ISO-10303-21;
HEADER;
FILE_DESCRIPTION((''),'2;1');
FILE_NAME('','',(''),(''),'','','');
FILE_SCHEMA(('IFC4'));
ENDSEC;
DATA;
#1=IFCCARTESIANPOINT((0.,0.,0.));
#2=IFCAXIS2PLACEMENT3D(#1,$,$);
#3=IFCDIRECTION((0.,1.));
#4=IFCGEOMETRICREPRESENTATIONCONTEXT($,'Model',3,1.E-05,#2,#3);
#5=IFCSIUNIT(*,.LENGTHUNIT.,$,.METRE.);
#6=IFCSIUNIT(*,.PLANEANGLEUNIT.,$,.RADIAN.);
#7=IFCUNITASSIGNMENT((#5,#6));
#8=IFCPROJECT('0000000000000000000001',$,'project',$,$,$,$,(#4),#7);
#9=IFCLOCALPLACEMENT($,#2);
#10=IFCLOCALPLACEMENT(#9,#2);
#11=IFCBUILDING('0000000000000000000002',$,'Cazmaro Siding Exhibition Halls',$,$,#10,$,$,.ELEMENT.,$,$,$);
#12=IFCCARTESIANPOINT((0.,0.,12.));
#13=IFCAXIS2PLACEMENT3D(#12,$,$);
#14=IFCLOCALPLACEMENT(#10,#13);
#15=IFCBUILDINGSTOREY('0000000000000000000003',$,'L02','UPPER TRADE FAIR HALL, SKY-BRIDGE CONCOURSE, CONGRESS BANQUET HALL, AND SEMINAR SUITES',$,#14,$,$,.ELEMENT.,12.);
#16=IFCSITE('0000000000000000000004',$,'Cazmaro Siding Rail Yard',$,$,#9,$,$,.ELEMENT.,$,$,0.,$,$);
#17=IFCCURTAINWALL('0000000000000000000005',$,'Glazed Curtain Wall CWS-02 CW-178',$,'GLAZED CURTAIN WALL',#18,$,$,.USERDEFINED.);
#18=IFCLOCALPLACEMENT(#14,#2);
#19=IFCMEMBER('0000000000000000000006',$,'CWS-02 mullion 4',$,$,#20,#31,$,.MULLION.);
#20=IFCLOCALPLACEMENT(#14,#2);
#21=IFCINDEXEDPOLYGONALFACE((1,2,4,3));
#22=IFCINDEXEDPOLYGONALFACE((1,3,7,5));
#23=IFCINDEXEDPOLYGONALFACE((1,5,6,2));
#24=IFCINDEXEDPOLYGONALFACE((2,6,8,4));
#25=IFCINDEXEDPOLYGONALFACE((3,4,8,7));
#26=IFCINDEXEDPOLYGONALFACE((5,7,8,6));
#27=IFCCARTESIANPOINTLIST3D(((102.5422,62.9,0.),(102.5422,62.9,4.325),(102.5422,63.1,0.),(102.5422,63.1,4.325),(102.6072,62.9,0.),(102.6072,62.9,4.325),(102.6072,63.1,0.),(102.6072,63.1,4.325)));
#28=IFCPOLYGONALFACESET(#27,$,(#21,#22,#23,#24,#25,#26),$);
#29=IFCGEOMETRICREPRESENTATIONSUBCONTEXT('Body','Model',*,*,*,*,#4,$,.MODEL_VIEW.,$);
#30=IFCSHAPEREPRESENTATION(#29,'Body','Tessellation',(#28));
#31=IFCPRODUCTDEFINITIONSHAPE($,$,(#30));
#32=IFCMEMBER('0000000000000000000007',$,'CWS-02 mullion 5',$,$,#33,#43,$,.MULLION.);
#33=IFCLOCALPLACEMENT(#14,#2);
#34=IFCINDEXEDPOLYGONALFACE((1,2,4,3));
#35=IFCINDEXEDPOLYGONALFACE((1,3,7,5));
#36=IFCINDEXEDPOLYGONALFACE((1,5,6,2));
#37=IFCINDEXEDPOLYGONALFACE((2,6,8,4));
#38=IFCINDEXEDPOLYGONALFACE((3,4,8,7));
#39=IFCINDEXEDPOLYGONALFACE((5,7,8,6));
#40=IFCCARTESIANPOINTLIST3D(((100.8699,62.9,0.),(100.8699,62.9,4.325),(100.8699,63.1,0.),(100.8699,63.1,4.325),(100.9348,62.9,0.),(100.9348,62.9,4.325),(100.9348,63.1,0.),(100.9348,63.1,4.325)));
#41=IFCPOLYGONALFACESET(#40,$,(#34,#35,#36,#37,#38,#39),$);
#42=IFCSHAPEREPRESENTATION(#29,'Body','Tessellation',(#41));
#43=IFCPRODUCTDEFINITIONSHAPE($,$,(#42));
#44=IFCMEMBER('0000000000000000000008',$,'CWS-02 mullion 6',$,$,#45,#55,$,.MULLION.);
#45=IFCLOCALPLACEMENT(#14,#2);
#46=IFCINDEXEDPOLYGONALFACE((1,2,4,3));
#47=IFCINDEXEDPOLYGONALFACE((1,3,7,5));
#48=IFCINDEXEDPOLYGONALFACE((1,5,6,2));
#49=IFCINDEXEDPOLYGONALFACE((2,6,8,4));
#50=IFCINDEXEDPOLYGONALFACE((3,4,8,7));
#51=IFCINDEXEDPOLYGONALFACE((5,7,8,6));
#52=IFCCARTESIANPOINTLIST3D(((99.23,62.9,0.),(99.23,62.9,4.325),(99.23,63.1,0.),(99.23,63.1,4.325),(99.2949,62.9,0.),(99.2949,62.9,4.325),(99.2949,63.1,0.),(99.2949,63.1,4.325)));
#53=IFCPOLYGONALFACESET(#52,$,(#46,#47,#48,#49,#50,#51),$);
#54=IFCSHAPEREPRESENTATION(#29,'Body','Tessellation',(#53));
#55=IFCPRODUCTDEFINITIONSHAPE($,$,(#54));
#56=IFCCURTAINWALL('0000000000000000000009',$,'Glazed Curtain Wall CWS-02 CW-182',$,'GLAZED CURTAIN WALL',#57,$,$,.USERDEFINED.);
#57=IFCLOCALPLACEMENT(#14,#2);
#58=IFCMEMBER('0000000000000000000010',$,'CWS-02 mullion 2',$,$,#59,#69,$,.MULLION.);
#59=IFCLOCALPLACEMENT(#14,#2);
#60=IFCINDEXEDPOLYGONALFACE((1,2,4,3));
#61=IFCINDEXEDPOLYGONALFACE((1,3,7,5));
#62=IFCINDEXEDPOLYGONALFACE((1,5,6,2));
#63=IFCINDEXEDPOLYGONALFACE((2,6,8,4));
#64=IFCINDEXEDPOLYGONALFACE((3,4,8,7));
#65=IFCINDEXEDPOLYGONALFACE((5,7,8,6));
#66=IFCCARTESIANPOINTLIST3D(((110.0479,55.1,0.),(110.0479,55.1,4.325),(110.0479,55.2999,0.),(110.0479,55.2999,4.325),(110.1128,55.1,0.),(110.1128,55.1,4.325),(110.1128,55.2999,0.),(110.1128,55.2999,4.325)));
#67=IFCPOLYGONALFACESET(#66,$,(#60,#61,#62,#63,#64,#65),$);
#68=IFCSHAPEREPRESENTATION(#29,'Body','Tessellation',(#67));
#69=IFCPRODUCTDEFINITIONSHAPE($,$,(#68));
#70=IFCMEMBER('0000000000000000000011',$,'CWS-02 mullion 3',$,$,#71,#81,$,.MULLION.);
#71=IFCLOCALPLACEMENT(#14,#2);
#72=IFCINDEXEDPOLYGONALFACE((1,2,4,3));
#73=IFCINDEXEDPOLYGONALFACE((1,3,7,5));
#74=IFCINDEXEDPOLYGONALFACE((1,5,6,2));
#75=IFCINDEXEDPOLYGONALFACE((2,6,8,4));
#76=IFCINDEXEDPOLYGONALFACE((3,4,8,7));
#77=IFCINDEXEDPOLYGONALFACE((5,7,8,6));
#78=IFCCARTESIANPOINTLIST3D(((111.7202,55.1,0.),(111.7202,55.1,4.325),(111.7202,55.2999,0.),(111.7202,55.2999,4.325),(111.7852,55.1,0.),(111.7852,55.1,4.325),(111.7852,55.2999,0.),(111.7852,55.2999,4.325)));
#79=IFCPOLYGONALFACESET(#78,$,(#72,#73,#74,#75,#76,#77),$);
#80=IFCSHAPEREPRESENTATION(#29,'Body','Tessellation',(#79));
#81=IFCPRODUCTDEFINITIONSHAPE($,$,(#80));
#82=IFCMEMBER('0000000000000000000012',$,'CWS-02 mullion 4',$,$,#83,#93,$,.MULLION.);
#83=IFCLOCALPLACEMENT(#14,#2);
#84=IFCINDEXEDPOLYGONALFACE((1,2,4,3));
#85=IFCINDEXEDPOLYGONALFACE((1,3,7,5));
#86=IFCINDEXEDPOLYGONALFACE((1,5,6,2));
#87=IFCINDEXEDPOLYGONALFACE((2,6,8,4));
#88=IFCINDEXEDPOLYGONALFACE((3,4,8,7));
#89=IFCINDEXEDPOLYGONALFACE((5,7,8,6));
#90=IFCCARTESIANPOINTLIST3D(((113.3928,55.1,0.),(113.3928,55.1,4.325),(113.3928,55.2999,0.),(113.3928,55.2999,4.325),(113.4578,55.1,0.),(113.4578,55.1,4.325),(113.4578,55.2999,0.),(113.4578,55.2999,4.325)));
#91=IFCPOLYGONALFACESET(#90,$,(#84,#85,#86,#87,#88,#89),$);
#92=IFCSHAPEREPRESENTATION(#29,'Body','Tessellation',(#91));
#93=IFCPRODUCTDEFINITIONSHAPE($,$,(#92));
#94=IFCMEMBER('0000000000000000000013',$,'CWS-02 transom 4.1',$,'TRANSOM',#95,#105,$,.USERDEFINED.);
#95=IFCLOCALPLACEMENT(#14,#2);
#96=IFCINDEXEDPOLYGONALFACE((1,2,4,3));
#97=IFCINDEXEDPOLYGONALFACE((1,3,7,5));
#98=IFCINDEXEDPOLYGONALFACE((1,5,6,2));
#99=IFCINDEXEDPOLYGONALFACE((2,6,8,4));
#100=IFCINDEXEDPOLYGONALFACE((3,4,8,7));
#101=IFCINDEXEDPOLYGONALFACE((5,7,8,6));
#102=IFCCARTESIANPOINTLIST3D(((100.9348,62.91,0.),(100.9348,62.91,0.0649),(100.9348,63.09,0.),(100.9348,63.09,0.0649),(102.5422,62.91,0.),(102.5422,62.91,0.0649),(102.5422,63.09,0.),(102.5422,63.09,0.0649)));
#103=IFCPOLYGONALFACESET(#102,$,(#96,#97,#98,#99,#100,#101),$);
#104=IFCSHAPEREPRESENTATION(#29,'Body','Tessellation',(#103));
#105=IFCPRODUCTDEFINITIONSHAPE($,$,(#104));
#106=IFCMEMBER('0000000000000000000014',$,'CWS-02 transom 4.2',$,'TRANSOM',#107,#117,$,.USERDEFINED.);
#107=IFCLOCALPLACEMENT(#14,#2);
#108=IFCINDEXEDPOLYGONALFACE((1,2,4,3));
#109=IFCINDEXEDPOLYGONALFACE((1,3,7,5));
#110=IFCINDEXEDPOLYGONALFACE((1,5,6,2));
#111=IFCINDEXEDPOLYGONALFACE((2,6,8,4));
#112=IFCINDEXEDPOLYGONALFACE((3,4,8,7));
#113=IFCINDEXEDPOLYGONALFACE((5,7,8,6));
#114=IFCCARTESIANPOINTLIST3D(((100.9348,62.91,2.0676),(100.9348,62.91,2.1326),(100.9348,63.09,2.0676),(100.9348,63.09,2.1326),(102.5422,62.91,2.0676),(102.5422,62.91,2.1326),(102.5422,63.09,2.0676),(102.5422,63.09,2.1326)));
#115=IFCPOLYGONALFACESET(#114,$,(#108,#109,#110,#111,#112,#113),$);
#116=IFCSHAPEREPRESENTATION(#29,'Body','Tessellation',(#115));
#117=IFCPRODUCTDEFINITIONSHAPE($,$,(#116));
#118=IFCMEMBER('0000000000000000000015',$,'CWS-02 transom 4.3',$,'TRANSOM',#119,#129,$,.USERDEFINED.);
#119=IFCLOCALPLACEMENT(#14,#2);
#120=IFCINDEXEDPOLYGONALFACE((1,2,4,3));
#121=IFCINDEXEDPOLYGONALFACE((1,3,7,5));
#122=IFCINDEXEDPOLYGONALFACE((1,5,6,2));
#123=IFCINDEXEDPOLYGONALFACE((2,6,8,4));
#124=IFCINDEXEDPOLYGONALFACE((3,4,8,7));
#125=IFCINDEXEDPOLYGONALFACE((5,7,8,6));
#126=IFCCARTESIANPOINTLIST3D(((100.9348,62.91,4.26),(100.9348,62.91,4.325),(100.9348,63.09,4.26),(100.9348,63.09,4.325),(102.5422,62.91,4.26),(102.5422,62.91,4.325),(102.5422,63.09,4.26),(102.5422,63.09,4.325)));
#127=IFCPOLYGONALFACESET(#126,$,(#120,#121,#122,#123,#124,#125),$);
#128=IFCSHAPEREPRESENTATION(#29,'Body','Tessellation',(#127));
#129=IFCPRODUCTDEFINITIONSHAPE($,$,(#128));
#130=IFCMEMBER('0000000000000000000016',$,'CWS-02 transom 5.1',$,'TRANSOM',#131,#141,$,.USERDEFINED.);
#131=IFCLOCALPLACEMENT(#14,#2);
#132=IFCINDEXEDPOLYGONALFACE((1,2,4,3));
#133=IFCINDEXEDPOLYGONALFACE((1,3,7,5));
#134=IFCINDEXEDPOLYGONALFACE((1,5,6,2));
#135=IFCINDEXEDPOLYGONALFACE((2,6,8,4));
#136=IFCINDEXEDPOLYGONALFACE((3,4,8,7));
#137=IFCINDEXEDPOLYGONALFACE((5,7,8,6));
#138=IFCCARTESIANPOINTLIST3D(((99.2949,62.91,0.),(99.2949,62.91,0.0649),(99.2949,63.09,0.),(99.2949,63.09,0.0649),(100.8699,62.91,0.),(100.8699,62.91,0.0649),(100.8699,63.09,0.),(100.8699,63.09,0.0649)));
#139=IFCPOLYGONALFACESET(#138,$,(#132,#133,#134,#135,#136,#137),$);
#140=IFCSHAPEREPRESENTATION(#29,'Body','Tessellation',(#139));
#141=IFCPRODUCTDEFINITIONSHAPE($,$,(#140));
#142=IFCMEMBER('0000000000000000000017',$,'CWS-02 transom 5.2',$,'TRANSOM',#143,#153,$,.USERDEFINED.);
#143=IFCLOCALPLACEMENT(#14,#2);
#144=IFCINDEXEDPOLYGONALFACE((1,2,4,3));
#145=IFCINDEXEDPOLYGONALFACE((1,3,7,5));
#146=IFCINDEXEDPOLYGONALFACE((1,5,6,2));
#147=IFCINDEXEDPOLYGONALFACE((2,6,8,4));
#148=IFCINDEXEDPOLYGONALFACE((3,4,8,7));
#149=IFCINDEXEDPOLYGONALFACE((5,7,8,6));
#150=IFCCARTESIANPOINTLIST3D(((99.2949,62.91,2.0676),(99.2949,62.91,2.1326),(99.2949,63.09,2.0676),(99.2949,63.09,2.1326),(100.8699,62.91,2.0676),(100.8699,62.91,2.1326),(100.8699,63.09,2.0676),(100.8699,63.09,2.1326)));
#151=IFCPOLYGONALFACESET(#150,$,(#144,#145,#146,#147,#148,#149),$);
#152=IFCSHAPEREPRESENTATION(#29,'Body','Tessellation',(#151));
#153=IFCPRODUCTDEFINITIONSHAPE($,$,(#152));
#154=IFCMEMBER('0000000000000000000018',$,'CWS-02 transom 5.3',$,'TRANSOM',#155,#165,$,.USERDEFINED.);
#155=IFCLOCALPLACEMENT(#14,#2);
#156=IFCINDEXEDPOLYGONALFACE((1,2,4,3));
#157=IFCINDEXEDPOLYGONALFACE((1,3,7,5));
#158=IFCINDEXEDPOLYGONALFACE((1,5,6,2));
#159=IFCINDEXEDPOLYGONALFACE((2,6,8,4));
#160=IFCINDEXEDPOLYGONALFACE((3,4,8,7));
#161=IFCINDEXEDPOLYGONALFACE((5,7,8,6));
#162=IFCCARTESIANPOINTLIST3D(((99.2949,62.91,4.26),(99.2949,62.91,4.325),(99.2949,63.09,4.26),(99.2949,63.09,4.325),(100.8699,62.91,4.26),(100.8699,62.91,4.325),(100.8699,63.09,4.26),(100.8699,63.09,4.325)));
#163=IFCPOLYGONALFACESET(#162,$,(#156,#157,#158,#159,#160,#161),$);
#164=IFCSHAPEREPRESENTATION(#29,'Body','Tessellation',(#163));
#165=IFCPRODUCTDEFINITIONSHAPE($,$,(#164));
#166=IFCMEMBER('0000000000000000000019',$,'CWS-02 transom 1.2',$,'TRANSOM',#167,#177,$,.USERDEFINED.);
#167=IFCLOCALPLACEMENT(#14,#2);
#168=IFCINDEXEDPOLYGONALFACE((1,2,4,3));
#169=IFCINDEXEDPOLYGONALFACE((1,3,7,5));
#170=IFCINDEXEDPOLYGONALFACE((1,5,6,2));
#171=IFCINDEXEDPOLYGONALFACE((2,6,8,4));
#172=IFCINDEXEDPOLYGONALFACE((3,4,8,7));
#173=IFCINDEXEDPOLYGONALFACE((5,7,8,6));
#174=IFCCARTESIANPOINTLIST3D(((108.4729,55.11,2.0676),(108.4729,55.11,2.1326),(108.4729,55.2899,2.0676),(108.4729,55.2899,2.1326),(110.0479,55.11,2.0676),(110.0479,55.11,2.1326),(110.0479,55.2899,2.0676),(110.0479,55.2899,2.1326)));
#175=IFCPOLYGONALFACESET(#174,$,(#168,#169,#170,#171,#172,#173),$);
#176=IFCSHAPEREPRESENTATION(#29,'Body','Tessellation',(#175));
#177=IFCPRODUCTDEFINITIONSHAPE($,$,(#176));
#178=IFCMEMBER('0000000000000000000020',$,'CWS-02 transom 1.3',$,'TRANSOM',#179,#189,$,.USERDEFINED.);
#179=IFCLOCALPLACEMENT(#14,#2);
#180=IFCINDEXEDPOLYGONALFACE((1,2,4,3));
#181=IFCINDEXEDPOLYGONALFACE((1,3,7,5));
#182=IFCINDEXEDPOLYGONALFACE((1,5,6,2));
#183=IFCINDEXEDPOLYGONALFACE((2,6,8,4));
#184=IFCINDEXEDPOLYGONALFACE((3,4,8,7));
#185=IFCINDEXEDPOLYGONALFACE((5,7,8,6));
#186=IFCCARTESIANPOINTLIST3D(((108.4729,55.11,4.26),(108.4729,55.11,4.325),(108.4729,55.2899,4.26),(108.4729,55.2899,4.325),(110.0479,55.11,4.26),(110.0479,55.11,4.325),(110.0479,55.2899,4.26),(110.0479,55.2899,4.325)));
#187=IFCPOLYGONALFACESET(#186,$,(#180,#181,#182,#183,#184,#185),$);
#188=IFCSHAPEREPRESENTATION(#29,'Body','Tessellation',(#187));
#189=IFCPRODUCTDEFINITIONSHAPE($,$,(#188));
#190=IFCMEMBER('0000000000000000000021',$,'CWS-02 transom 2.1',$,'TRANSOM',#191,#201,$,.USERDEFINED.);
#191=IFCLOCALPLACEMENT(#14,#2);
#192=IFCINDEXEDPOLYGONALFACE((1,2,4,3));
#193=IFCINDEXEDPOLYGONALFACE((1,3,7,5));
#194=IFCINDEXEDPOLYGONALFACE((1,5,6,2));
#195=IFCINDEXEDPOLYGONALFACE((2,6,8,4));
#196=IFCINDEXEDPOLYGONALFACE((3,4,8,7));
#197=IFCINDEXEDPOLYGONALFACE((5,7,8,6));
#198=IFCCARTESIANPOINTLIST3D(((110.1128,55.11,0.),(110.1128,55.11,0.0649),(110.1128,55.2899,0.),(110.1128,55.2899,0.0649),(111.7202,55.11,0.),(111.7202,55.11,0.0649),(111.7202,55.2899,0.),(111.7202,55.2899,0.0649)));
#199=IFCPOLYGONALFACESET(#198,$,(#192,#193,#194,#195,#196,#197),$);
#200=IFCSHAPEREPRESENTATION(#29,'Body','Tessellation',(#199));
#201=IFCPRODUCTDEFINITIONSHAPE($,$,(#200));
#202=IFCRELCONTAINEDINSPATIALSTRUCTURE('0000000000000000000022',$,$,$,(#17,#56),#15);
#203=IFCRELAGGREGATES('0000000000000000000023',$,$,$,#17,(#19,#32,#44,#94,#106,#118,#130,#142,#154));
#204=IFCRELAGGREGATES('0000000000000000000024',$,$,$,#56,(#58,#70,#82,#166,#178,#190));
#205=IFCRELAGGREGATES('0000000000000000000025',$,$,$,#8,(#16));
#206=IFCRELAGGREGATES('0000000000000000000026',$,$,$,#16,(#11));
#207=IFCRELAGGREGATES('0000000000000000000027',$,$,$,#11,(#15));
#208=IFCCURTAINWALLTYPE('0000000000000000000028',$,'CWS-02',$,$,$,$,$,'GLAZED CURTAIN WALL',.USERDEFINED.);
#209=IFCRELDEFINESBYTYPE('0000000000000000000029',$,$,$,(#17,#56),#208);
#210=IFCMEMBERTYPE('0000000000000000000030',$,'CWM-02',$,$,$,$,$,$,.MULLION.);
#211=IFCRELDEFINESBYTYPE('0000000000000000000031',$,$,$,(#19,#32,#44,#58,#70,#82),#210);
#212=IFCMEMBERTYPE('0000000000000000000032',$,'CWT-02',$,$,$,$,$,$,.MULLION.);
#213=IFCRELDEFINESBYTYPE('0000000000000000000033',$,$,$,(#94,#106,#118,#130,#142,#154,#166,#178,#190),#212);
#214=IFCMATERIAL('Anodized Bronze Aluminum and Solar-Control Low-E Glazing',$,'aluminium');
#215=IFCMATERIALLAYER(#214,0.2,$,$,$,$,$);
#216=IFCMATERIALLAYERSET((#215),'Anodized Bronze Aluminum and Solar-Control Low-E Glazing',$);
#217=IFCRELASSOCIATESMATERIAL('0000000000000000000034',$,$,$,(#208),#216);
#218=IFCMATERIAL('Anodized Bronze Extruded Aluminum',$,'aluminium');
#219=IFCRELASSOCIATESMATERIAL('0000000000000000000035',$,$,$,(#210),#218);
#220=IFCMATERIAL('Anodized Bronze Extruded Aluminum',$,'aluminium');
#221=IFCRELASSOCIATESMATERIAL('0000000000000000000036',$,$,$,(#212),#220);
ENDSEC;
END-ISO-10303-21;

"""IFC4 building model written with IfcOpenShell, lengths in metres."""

from ifc_helpers import new_model, si_unit, direction, frame, origin, origin_2d, place, context, subcontext, project, spatial, rectangle, extrude, material, layer, layer_set, material_profile, profile_set, type_object, element, aggregate, save


model = new_model("IFC4")

# Units and contexts
model_context = context("Model", 3, precision=1e-05, world=origin(), true_north=direction((0.0, 1.0)))
body_context = subcontext(model_context, "Body", "Model", "MODEL_VIEW")
ifc_project = project(units=[si_unit("LENGTHUNIT", "METRE"), si_unit("PLANEANGLEUNIT", "RADIAN")], contexts=[model_context])

# Site, building, storey
site_placement = place(None, origin())
site = spatial("IfcSite", under=ifc_project, at=site_placement, Name="Cazmaro Siding Rail Yard", CompositionType="ELEMENT", RefElevation=0.0)
building_placement = place(site_placement, origin())
building = spatial("IfcBuilding", under=site, at=building_placement, Name="Cazmaro Siding Exhibition Halls", CompositionType="ELEMENT")
storey_placement = place(building_placement, frame((0.0, 0.0, 12.0)))
storey = spatial("IfcBuildingStorey", under=building, at=storey_placement, Name="L02", Description="UPPER TRADE FAIR HALL, SKY-BRIDGE CONCOURSE, CONGRESS BANQUET HALL, AND SEMINAR SUITES", CompositionType="ELEMENT", Elevation=12.0)

# Curtain walls, members
ifc_material_1 = material(Name="Anodized Bronze Aluminum and Solar-Control Low-E Glazing", Category="aluminium")
ifc_layer_1 = layer(ifc_material_1, 0.2)
ifc_layer_set_1 = layer_set([ifc_layer_1], Name="Anodized Bronze Aluminum and Solar-Control Low-E Glazing")
curtain_wall_type = type_object("IfcCurtainWallType", Name="CWS-02", ElementType="GLAZED CURTAIN WALL", PredefinedType="USERDEFINED", material=ifc_layer_set_1)
curtain_wall_1_placement = place(storey_placement, origin())
curtain_wall_1 = element("IfcCurtainWall", 1, at=curtain_wall_1_placement, inside=storey, type_object=curtain_wall_type, Name="Glazed Curtain Wall CWS-02 CW-178", ObjectType="GLAZED CURTAIN WALL", PredefinedType="USERDEFINED")
ifc_material_2 = material(Name="Anodized Bronze Extruded Aluminum", Category="aluminium")
ifc_material_profile_1 = material_profile(ifc_material_2, rectangle(XDim=0.2, YDim=0.0649, at=origin_2d()), Name="CWM-02")
ifc_profile_set_1 = profile_set([ifc_material_profile_1], Name="Anodized Bronze Extruded Aluminum")
member_type_1 = type_object("IfcMemberType", Name="CWM-02", PredefinedType="MULLION", material=ifc_profile_set_1)
member_1_placement = place(storey_placement, frame((102.5747, 63.0, 0.0), z_axis=(0.0, 0.0, 1.0), x_axis=(0.0, -1.0, 0.0)))
member_1 = element("IfcMember", 2, at=member_1_placement, type_object=member_type_1, Name="CWS-02 mullion 4", PredefinedType="MULLION", context=body_context, shape_type="SweptSolid", body=[
    extrude(rectangle(XDim=0.2, YDim=0.0649, at=origin_2d()), origin(), (0.0, 0.0, 1.0), 4.325),
])
member_2_placement = place(storey_placement, frame((100.9023, 63.0, 0.0), z_axis=(0.0, 0.0, 1.0), x_axis=(0.0, -1.0, 0.0)))
member_2 = element("IfcMember", 3, at=member_2_placement, type_object=member_type_1, Name="CWS-02 mullion 5", PredefinedType="MULLION", context=body_context, shape_type="SweptSolid", body=[
    extrude(rectangle(XDim=0.2, YDim=0.0649, at=origin_2d()), origin(), (0.0, 0.0, 1.0), 4.325),
])
member_3_placement = place(storey_placement, frame((99.2625, 63.0, 0.0), z_axis=(0.0, 0.0, 1.0), x_axis=(0.0, -1.0, 0.0)))
member_3 = element("IfcMember", 4, at=member_3_placement, type_object=member_type_1, Name="CWS-02 mullion 6", PredefinedType="MULLION", context=body_context, shape_type="SweptSolid", body=[
    extrude(rectangle(XDim=0.2, YDim=0.0649, at=origin_2d()), origin(), (0.0, 0.0, 1.0), 4.325),
])
curtain_wall_2_placement = place(storey_placement, origin())
curtain_wall_2 = element("IfcCurtainWall", 5, at=curtain_wall_2_placement, inside=storey, type_object=curtain_wall_type, Name="Glazed Curtain Wall CWS-02 CW-182", ObjectType="GLAZED CURTAIN WALL", PredefinedType="USERDEFINED")
member_4_placement = place(storey_placement, frame((110.0803, 55.2, 0.0), z_axis=(0.0, 0.0, 1.0), x_axis=(0.0, 1.0, 0.0)))
member_4 = element("IfcMember", 6, at=member_4_placement, type_object=member_type_1, Name="CWS-02 mullion 2", PredefinedType="MULLION", context=body_context, shape_type="SweptSolid", body=[
    extrude(rectangle(XDim=0.2, YDim=0.0649, at=origin_2d()), origin(), (0.0, 0.0, 1.0), 4.325),
])
member_5_placement = place(storey_placement, frame((111.7527, 55.2, 0.0), z_axis=(0.0, 0.0, 1.0), x_axis=(0.0, 1.0, 0.0)))
member_5 = element("IfcMember", 7, at=member_5_placement, type_object=member_type_1, Name="CWS-02 mullion 3", PredefinedType="MULLION", context=body_context, shape_type="SweptSolid", body=[
    extrude(rectangle(XDim=0.2, YDim=0.0649, at=origin_2d()), origin(), (0.0, 0.0, 1.0), 4.325),
])
member_6_placement = place(storey_placement, frame((113.4253, 55.2, 0.0), z_axis=(0.0, 0.0, 1.0), x_axis=(0.0, 1.0, 0.0)))
member_6 = element("IfcMember", 8, at=member_6_placement, type_object=member_type_1, Name="CWS-02 mullion 4", PredefinedType="MULLION", context=body_context, shape_type="SweptSolid", body=[
    extrude(rectangle(XDim=0.2, YDim=0.0649, at=origin_2d()), origin(), (0.0, 0.0, 1.0), 4.325),
])

# Members
ifc_material_3 = material(Name="Anodized Bronze Extruded Aluminum", Category="aluminium")
ifc_material_profile_2 = material_profile(ifc_material_3, rectangle(XDim=0.1799, YDim=0.0649, at=origin_2d()), Name="CWT-02")
ifc_profile_set_2 = profile_set([ifc_material_profile_2], Name="Anodized Bronze Extruded Aluminum")
member_type_2 = type_object("IfcMemberType", Name="CWT-02", PredefinedType="MULLION", material=ifc_profile_set_2)
member_7_placement = place(storey_placement, frame((102.5422, 63.0, 0.0325), z_axis=(-1.0, 0.0, 0.0), x_axis=(0.0, -1.0, 0.0)))
member_7 = element("IfcMember", 9, at=member_7_placement, type_object=member_type_2, Name="CWS-02 transom 4.1", ObjectType="TRANSOM", PredefinedType="USERDEFINED", context=body_context, shape_type="SweptSolid", body=[
    extrude(rectangle(XDim=0.1799, YDim=0.0649, at=origin_2d()), origin(), (0.0, 0.0, 1.0), 1.6074),
])
member_8_placement = place(storey_placement, frame((102.5422, 63.0, 2.1001), z_axis=(-1.0, 0.0, 0.0), x_axis=(0.0, -1.0, 0.0)))
member_8 = element("IfcMember", 10, at=member_8_placement, type_object=member_type_2, Name="CWS-02 transom 4.2", ObjectType="TRANSOM", PredefinedType="USERDEFINED", context=body_context, shape_type="SweptSolid", body=[
    extrude(rectangle(XDim=0.1799, YDim=0.0649, at=origin_2d()), origin(), (0.0, 0.0, 1.0), 1.6074),
])
member_9_placement = place(storey_placement, frame((102.5422, 63.0, 4.2925), z_axis=(-1.0, 0.0, 0.0), x_axis=(0.0, -1.0, 0.0)))
member_9 = element("IfcMember", 11, at=member_9_placement, type_object=member_type_2, Name="CWS-02 transom 4.3", ObjectType="TRANSOM", PredefinedType="USERDEFINED", context=body_context, shape_type="SweptSolid", body=[
    extrude(rectangle(XDim=0.1799, YDim=0.0649, at=origin_2d()), origin(), (0.0, 0.0, 1.0), 1.6074),
])
member_10_placement = place(storey_placement, frame((100.8699, 63.0, 0.0325), z_axis=(-1.0, 0.0, 0.0), x_axis=(0.0, -1.0, 0.0)))
member_10 = element("IfcMember", 12, at=member_10_placement, type_object=member_type_2, Name="CWS-02 transom 5.1", ObjectType="TRANSOM", PredefinedType="USERDEFINED", context=body_context, shape_type="SweptSolid", body=[
    extrude(rectangle(XDim=0.1799, YDim=0.0649, at=origin_2d()), origin(), (0.0, 0.0, 1.0), 1.575),
])
member_11_placement = place(storey_placement, frame((100.8699, 63.0, 2.1001), z_axis=(-1.0, 0.0, 0.0), x_axis=(0.0, -1.0, 0.0)))
member_11 = element("IfcMember", 13, at=member_11_placement, type_object=member_type_2, Name="CWS-02 transom 5.2", ObjectType="TRANSOM", PredefinedType="USERDEFINED", context=body_context, shape_type="SweptSolid", body=[
    extrude(rectangle(XDim=0.1799, YDim=0.0649, at=origin_2d()), origin(), (0.0, 0.0, 1.0), 1.575),
])
member_12_placement = place(storey_placement, frame((100.8699, 63.0, 4.2925), z_axis=(-1.0, 0.0, 0.0), x_axis=(0.0, -1.0, 0.0)))
member_12 = element("IfcMember", 14, at=member_12_placement, type_object=member_type_2, Name="CWS-02 transom 5.3", ObjectType="TRANSOM", PredefinedType="USERDEFINED", context=body_context, shape_type="SweptSolid", body=[
    extrude(rectangle(XDim=0.1799, YDim=0.0649, at=origin_2d()), origin(), (0.0, 0.0, 1.0), 1.575),
])
member_13_placement = place(storey_placement, frame((108.4729, 55.2, 2.1001), z_axis=(1.0, 0.0, 0.0), x_axis=(0.0, 1.0, 0.0)))
member_13 = element("IfcMember", 15, at=member_13_placement, type_object=member_type_2, Name="CWS-02 transom 1.2", ObjectType="TRANSOM", PredefinedType="USERDEFINED", context=body_context, shape_type="SweptSolid", body=[
    extrude(rectangle(XDim=0.1799, YDim=0.0649, at=origin_2d()), origin(), (0.0, 0.0, 1.0), 1.575),
])
member_14_placement = place(storey_placement, frame((108.4729, 55.2, 4.2925), z_axis=(1.0, 0.0, 0.0), x_axis=(0.0, 1.0, 0.0)))
member_14 = element("IfcMember", 16, at=member_14_placement, type_object=member_type_2, Name="CWS-02 transom 1.3", ObjectType="TRANSOM", PredefinedType="USERDEFINED", context=body_context, shape_type="SweptSolid", body=[
    extrude(rectangle(XDim=0.1799, YDim=0.0649, at=origin_2d()), origin(), (0.0, 0.0, 1.0), 1.575),
])
member_15_placement = place(storey_placement, frame((110.1128, 55.2, 0.0325), z_axis=(1.0, 0.0, 0.0), x_axis=(0.0, 1.0, 0.0)))
member_15 = element("IfcMember", 17, at=member_15_placement, type_object=member_type_2, Name="CWS-02 transom 2.1", ObjectType="TRANSOM", PredefinedType="USERDEFINED", context=body_context, shape_type="SweptSolid", body=[
    extrude(rectangle(XDim=0.1799, YDim=0.0649, at=origin_2d()), origin(), (0.0, 0.0, 1.0), 1.6074),
])

aggregate(curtain_wall_1, [member_1, member_2, member_3, member_7, member_8, member_9, member_10, member_11, member_12])
aggregate(curtain_wall_2, [member_4, member_5, member_6, member_13, member_14, member_15])

save(model, "model.ifc")
